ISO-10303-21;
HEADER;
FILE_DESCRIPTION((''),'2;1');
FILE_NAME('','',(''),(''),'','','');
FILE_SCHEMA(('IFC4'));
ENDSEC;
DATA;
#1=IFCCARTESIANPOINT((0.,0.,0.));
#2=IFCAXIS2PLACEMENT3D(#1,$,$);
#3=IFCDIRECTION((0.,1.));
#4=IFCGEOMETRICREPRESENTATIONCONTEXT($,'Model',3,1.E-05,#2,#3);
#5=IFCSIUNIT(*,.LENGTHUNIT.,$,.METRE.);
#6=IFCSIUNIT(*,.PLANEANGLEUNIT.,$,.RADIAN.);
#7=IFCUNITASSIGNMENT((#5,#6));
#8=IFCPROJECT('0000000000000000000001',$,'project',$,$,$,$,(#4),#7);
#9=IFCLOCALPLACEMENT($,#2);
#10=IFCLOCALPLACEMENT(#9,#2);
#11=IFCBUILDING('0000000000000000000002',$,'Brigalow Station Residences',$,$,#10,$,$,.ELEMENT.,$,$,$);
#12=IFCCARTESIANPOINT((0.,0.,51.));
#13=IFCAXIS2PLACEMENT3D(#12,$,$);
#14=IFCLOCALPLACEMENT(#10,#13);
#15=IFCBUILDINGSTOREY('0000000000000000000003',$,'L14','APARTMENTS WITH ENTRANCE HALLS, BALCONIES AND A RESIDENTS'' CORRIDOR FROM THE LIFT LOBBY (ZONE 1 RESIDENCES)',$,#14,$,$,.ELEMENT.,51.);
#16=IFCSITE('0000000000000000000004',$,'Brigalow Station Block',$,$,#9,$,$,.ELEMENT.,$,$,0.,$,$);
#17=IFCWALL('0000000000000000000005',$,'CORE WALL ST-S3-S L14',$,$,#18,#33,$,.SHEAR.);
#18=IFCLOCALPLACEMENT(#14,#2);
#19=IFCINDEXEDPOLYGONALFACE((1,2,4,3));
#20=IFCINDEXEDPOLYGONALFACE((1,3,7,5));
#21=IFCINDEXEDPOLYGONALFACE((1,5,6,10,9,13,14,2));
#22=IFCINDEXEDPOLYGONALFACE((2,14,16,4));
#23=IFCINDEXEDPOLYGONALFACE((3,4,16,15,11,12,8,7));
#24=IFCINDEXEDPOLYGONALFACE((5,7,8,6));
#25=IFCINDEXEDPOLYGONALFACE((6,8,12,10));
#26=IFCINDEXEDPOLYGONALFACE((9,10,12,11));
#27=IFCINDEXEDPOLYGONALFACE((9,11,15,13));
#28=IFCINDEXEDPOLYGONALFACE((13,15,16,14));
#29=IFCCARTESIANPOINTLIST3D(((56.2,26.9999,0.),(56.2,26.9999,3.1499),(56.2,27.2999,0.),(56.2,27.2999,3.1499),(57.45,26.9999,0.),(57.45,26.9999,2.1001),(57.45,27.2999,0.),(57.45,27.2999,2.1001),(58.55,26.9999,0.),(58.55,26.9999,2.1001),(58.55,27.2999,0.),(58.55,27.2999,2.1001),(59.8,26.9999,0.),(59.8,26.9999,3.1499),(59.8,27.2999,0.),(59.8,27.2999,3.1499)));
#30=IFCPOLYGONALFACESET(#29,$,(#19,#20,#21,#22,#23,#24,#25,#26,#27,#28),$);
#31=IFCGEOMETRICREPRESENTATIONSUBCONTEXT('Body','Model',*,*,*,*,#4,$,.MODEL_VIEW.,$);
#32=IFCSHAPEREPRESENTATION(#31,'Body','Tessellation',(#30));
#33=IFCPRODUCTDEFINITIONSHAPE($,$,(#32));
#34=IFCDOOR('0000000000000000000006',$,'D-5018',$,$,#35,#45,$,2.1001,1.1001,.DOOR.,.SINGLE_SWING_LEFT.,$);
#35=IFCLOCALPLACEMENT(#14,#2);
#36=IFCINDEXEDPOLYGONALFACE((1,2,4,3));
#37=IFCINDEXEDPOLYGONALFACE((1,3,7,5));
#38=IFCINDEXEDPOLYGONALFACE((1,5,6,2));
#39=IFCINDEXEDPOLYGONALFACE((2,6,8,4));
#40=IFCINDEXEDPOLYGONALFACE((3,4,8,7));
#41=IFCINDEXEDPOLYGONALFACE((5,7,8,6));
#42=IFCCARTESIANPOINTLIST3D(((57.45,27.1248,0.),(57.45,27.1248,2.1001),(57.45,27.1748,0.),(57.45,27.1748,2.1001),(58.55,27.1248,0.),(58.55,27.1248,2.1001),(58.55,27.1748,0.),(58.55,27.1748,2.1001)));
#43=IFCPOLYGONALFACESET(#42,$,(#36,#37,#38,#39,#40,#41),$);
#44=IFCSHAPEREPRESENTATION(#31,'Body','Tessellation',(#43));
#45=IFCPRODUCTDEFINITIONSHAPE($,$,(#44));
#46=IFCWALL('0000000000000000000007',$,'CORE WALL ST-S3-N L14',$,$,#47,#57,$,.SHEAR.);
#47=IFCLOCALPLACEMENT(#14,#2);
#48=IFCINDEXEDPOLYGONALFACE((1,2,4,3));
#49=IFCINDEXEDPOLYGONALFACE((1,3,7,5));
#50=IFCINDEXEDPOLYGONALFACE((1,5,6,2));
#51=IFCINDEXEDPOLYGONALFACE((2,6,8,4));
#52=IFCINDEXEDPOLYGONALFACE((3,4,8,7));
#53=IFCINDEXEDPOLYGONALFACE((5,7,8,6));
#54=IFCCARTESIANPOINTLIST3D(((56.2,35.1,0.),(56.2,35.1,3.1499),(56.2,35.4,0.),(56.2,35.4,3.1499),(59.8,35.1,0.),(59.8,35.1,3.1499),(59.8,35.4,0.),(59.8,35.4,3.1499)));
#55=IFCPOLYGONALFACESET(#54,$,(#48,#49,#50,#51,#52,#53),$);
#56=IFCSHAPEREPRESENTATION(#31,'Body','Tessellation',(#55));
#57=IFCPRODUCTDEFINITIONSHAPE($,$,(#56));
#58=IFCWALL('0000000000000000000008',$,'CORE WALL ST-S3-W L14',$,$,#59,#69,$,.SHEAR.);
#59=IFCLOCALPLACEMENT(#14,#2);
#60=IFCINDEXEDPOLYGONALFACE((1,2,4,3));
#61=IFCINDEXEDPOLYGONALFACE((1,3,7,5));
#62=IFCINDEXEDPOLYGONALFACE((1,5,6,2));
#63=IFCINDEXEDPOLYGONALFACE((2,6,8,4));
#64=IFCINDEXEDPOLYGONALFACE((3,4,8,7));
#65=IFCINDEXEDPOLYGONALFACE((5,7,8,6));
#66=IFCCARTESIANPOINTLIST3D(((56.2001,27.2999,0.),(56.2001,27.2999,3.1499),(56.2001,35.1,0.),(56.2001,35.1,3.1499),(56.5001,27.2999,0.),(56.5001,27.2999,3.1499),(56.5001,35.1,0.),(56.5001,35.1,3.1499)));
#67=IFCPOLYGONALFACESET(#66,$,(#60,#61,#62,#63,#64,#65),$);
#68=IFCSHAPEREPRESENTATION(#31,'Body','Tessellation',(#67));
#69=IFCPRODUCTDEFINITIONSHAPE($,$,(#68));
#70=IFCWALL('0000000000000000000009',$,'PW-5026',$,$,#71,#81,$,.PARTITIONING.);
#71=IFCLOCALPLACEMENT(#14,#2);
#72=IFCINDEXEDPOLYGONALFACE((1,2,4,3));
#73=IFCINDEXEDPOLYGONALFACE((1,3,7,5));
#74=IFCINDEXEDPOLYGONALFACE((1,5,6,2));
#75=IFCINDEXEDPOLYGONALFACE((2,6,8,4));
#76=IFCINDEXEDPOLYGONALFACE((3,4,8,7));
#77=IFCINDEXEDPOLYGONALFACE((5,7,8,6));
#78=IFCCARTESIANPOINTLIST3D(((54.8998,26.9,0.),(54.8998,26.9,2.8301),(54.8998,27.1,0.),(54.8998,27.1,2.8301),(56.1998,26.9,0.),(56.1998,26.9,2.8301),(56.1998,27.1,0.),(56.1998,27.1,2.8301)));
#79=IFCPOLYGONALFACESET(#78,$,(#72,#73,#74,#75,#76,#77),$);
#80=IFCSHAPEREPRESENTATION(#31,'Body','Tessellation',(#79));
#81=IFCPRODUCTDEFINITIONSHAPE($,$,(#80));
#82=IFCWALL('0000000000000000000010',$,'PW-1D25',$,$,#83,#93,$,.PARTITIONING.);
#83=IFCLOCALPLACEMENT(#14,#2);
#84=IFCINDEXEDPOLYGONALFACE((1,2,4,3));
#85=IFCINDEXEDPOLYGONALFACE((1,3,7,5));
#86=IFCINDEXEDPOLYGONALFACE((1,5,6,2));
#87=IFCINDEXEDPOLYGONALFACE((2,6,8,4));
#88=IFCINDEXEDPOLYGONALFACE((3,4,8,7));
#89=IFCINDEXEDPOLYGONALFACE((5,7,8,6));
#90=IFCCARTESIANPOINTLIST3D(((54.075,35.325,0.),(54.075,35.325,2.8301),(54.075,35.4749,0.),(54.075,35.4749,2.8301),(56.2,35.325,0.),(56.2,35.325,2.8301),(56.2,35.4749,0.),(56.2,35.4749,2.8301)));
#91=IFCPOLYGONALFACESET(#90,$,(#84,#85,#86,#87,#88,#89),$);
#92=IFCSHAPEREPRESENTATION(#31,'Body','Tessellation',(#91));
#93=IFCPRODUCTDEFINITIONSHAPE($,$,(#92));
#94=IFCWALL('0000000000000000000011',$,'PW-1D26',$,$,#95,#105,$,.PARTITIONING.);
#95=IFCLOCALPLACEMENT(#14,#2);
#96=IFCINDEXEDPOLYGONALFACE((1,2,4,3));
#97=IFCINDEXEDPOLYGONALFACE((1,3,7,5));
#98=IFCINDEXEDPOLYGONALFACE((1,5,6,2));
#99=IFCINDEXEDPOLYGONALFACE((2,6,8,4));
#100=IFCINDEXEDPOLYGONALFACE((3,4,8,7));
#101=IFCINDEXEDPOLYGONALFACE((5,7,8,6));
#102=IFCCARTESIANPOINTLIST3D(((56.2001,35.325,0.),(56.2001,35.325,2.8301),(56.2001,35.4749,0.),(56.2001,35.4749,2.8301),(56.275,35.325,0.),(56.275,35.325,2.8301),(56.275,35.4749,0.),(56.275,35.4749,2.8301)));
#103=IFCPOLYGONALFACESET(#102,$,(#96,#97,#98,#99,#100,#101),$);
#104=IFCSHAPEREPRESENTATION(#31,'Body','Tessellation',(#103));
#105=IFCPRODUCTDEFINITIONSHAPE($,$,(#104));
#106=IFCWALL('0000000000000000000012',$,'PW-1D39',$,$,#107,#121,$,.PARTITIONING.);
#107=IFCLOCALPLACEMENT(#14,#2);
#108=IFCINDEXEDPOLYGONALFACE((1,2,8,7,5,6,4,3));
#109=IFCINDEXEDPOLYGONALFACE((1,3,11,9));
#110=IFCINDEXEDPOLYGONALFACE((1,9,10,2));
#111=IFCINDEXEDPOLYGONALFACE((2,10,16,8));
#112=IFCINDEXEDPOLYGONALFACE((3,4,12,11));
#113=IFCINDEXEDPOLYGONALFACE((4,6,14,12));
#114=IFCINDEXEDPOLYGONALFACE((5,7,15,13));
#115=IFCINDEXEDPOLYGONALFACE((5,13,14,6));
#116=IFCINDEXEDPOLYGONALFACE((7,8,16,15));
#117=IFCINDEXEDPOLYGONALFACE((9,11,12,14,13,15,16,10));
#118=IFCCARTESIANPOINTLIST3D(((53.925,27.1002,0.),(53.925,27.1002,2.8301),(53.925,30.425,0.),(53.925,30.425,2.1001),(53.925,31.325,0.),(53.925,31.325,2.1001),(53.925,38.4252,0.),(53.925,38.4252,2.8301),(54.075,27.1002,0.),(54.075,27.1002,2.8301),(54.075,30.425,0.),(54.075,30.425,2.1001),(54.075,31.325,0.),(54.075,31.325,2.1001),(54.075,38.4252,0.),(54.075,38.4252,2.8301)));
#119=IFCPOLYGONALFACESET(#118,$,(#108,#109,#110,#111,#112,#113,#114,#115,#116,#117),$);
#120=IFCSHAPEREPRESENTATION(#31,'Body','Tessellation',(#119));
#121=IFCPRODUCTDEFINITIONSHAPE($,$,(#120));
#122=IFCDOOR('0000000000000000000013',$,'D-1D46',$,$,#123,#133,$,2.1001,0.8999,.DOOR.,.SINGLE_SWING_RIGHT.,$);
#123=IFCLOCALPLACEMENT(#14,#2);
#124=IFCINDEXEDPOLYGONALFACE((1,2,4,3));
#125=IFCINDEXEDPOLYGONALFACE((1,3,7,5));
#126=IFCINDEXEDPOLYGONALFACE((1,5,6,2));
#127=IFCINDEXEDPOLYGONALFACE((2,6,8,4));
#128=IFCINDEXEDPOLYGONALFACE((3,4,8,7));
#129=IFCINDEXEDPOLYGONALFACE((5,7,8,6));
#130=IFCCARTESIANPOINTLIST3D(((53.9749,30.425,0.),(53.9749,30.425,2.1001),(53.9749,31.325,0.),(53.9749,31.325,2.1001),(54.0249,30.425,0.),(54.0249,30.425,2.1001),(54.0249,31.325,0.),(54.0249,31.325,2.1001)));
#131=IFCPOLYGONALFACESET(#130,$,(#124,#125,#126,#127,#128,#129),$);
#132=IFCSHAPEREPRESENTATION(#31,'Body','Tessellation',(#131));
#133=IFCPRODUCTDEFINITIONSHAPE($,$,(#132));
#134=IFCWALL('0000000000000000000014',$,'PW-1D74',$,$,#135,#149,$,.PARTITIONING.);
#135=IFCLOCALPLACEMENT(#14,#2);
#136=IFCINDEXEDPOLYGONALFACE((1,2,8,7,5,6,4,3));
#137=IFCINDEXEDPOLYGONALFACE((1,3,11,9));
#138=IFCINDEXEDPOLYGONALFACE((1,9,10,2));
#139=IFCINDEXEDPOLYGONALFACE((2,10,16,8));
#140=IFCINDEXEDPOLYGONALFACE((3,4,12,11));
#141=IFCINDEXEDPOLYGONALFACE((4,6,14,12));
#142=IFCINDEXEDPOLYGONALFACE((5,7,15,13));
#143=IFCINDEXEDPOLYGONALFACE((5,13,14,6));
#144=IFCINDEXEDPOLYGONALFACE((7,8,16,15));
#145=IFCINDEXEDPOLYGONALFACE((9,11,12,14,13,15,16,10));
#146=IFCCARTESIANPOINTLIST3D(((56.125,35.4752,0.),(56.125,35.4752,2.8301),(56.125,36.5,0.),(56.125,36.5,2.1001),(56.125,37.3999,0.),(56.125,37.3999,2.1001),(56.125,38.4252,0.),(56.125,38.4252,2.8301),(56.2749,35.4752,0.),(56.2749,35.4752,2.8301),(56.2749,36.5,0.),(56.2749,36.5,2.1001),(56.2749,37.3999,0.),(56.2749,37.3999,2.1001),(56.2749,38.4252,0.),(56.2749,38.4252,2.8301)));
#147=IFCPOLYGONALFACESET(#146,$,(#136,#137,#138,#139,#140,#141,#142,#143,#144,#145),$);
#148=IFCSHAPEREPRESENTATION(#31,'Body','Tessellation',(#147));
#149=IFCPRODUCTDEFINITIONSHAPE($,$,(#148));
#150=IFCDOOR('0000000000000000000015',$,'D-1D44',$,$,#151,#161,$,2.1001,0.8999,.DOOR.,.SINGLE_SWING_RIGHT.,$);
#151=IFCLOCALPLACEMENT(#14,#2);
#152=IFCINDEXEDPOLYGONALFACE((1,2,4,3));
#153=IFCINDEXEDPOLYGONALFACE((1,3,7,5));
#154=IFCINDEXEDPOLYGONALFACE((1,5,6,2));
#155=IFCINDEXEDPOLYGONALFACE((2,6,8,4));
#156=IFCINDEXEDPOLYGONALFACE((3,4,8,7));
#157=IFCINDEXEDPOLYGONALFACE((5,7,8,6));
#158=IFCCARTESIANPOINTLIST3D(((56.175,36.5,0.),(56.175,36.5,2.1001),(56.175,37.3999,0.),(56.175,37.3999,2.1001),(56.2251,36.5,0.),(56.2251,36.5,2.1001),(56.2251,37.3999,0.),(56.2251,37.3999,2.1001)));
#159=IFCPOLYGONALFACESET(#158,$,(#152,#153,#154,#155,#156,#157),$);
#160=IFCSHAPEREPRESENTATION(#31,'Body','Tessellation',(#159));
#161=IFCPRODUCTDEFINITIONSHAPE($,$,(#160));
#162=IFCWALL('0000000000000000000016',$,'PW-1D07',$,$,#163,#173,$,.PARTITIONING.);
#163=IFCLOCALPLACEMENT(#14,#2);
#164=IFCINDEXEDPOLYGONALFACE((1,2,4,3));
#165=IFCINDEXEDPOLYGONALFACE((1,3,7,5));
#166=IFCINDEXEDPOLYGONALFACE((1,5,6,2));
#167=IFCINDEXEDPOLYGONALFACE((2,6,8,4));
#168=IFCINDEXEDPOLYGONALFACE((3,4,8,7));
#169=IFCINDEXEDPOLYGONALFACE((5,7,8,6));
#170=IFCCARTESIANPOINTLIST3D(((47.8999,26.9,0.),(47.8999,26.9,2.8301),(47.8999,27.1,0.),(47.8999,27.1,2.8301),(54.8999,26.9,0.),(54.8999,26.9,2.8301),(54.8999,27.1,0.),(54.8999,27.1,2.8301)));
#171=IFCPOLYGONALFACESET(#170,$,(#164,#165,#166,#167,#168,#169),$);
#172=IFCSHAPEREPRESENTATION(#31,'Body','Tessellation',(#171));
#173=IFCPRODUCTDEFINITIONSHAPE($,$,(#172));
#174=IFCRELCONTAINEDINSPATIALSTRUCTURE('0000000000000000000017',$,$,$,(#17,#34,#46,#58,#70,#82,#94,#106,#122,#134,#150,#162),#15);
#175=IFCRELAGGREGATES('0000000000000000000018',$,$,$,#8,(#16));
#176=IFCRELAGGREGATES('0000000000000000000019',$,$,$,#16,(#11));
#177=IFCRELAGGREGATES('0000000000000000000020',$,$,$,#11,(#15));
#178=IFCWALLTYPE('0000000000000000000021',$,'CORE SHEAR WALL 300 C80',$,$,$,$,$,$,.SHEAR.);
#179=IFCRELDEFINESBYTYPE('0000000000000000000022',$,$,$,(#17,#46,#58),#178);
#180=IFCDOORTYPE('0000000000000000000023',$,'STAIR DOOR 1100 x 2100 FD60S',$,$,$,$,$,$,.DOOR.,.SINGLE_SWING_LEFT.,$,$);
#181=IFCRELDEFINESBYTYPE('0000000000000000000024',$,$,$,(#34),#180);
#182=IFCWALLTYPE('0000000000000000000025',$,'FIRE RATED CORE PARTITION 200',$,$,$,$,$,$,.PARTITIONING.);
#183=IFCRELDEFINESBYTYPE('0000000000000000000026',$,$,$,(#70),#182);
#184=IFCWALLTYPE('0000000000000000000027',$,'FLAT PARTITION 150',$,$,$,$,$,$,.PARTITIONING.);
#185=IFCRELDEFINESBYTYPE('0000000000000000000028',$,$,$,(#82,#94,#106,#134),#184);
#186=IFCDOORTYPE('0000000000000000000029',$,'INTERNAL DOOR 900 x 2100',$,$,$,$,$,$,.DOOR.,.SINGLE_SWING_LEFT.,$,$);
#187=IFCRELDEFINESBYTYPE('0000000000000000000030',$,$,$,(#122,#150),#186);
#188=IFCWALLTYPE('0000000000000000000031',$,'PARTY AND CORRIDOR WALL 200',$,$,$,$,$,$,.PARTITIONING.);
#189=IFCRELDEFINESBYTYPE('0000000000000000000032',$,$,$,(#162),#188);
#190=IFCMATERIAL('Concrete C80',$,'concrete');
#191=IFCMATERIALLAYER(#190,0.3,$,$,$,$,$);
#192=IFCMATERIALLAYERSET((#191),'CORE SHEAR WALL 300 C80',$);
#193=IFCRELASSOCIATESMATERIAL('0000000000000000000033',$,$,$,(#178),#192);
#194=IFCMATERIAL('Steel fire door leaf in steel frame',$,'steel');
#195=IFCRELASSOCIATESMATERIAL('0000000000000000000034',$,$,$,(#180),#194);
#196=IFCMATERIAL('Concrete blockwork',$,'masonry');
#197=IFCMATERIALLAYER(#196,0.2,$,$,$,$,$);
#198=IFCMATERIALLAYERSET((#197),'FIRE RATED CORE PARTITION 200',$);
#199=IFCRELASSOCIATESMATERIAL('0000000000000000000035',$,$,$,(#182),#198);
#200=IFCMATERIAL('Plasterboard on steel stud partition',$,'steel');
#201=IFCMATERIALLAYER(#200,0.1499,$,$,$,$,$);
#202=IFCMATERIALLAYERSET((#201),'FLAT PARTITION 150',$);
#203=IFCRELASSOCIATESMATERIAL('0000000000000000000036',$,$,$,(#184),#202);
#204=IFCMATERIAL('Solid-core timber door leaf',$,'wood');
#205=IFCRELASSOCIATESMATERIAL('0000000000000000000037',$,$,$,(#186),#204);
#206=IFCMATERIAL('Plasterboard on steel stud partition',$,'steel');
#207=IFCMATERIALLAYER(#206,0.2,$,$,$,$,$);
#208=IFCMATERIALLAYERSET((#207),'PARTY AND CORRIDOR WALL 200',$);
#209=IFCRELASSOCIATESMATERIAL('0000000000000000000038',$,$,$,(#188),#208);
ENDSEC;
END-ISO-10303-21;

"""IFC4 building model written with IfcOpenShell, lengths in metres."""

from ifc_helpers import new_model, si_unit, direction, frame, frame_2d, origin, place, context, subcontext, project, spatial, rectangle, extrude, material, layer, layer_set, type_object, element, fill, save


model = new_model("IFC4")

# Units and contexts
model_context = context("Model", 3, precision=1e-05, world=origin(), true_north=direction((0.0, 1.0)))
body_context = subcontext(model_context, "Body", "Model", "MODEL_VIEW")
ifc_project = project(units=[si_unit("LENGTHUNIT", "METRE"), si_unit("PLANEANGLEUNIT", "RADIAN")], contexts=[model_context])

# Site, building, storey
site_placement = place(None, origin())
site = spatial("IfcSite", under=ifc_project, at=site_placement, Name="Brigalow Station Block", CompositionType="ELEMENT", RefElevation=0.0)
building_placement = place(site_placement, origin())
building = spatial("IfcBuilding", under=site, at=building_placement, Name="Brigalow Station Residences", CompositionType="ELEMENT")
storey_placement = place(building_placement, frame((0.0, 0.0, 51.0)))
storey = spatial("IfcBuildingStorey", under=building, at=storey_placement, Name="L14", Description="APARTMENTS WITH ENTRANCE HALLS, BALCONIES AND A RESIDENTS' CORRIDOR FROM THE LIFT LOBBY (ZONE 1 RESIDENCES)", CompositionType="ELEMENT", Elevation=51.0)

# Wall, opening, door
ifc_material_1 = material(Name="Concrete C80", Category="concrete")
ifc_layer_1 = layer(ifc_material_1, 0.3)
ifc_layer_set_1 = layer_set([ifc_layer_1], Name="CORE SHEAR WALL 300 C80")
wall_type_1 = type_object("IfcWallType", Name="CORE SHEAR WALL 300 C80", PredefinedType="SHEAR", material=ifc_layer_set_1)
wall_1_placement = place(storey_placement, frame((56.2, 27.1499, 0.0), z_axis=(0.0, 0.0, 1.0), x_axis=(1.0, 0.0, 0.0)))
wall_1 = element("IfcWall", 1, at=wall_1_placement, inside=storey, type_object=wall_type_1, Name="CORE WALL ST-S3-S L14", PredefinedType="SHEAR", context=body_context, shape_type="SweptSolid", body=[
    extrude(rectangle(XDim=3.6001, YDim=0.3, at=frame_2d((1.8, 0.0))), origin(), (0.0, 0.0, 1.0), 3.1499),
])
opening_1_placement = place(wall_1_placement, frame((1.25, 0.0, 0.0)))
opening_1 = element("IfcOpeningElement", 2, at=opening_1_placement, cuts=wall_1, PredefinedType="OPENING", context=body_context, shape_type="SweptSolid", body=[
    extrude(rectangle(XDim=1.1001, YDim=2.1001, at=frame_2d((0.55, 1.05))), frame((0.0, 0.1602, 0.0), z_axis=(0.0, -1.0, 0.0), x_axis=(1.0, 0.0, 0.0)), (0.0, 0.0, 1.0), 0.3201),
])
ifc_material_2 = material(Name="Steel fire door leaf in steel frame", Category="steel")
door_type_1 = type_object("IfcDoorType", Name="STAIR DOOR 1100 x 2100 FD60S", OperationType="SINGLE_SWING_LEFT", PredefinedType="DOOR", material=ifc_material_2)
door_1_placement = place(opening_1_placement, origin())
door_1 = element("IfcDoor", 3, at=door_1_placement, inside=storey, type_object=door_type_1, Name="D-5018", OperationType="SINGLE_SWING_LEFT", OverallHeight=2.1001, OverallWidth=1.1001, PredefinedType="DOOR", context=body_context, shape_type="SweptSolid", body=[
    extrude(rectangle(XDim=1.1001, YDim=2.1001, at=frame_2d((0.55, 1.05))), frame((0.0, 0.0249, 0.0), z_axis=(0.0, -1.0, 0.0), x_axis=(1.0, 0.0, 0.0)), (0.0, 0.0, 1.0), 0.05),
])
fill(opening_1, door_1)

# Walls
wall_2_placement = place(storey_placement, frame((56.2, 35.25, 0.0), z_axis=(0.0, 0.0, 1.0), x_axis=(1.0, 0.0, 0.0)))
element("IfcWall", 4, at=wall_2_placement, inside=storey, type_object=wall_type_1, Name="CORE WALL ST-S3-N L14", PredefinedType="SHEAR", context=body_context, shape_type="SweptSolid", body=[
    extrude(rectangle(XDim=3.6001, YDim=0.3, at=frame_2d((1.8, 0.0))), origin(), (0.0, 0.0, 1.0), 3.1499),
])
wall_3_placement = place(storey_placement, frame((56.3501, 27.3, 0.0), z_axis=(0.0, 0.0, 1.0), x_axis=(0.0, 1.0, 0.0)))
element("IfcWall", 5, at=wall_3_placement, inside=storey, type_object=wall_type_1, Name="CORE WALL ST-S3-W L14", PredefinedType="SHEAR", context=body_context, shape_type="SweptSolid", body=[
    extrude(rectangle(XDim=7.8, YDim=0.3, at=frame_2d((3.8999, 0.0))), origin(), (0.0, 0.0, 1.0), 3.1499),
])
ifc_material_3 = material(Name="Concrete blockwork", Category="masonry")
ifc_layer_2 = layer(ifc_material_3, 0.2)
ifc_layer_set_2 = layer_set([ifc_layer_2], Name="FIRE RATED CORE PARTITION 200")
wall_type_2 = type_object("IfcWallType", Name="FIRE RATED CORE PARTITION 200", PredefinedType="PARTITIONING", material=ifc_layer_set_2)
wall_4_placement = place(storey_placement, frame((54.8999, 27.0, 0.0), z_axis=(0.0, 0.0, 1.0), x_axis=(1.0, 0.0, 0.0)))
element("IfcWall", 6, at=wall_4_placement, inside=storey, type_object=wall_type_2, Name="PW-5026", PredefinedType="PARTITIONING", context=body_context, shape_type="SweptSolid", body=[
    extrude(rectangle(XDim=1.3, YDim=0.2, at=frame_2d((0.6499, 0.0))), origin(), (0.0, 0.0, 1.0), 2.8301),
])
ifc_material_4 = material(Name="Plasterboard on steel stud partition", Category="steel")
ifc_layer_3 = layer(ifc_material_4, 0.1499)
ifc_layer_set_3 = layer_set([ifc_layer_3], Name="FLAT PARTITION 150")
wall_type_3 = type_object("IfcWallType", Name="FLAT PARTITION 150", PredefinedType="PARTITIONING", material=ifc_layer_set_3)
wall_5_placement = place(storey_placement, frame((54.075, 35.3999, 0.0), z_axis=(0.0, 0.0, 1.0), x_axis=(1.0, 0.0, 0.0)))
element("IfcWall", 7, at=wall_5_placement, inside=storey, type_object=wall_type_3, Name="PW-1D25", PredefinedType="PARTITIONING", context=body_context, shape_type="SweptSolid", body=[
    extrude(rectangle(XDim=2.125, YDim=0.1499, at=frame_2d((1.0625, 0.0))), origin(), (0.0, 0.0, 1.0), 2.8301),
])
wall_6_placement = place(storey_placement, frame((56.2, 35.3999, 0.0), z_axis=(0.0, 0.0, 1.0), x_axis=(1.0, 0.0, 0.0)))
element("IfcWall", 8, at=wall_6_placement, inside=storey, type_object=wall_type_3, Name="PW-1D26", PredefinedType="PARTITIONING", context=body_context, shape_type="SweptSolid", body=[
    extrude(rectangle(XDim=0.075, YDim=0.1499, at=frame_2d((0.0376, 0.0))), origin(), (0.0, 0.0, 1.0), 2.8301),
])

# Walls, openings, doors
wall_7_placement = place(storey_placement, frame((54.0, 27.1001, 0.0), z_axis=(0.0, 0.0, 1.0), x_axis=(0.0, 1.0, 0.0)))
wall_7 = element("IfcWall", 9, at=wall_7_placement, inside=storey, type_object=wall_type_3, Name="PW-1D39", PredefinedType="PARTITIONING", context=body_context, shape_type="SweptSolid", body=[
    extrude(rectangle(XDim=11.325, YDim=0.1499, at=frame_2d((5.6626, 0.0))), origin(), (0.0, 0.0, 1.0), 2.8301),
])
opening_2_placement = place(wall_7_placement, frame((3.325, 0.0, 0.0)))
opening_2 = element("IfcOpeningElement", 10, at=opening_2_placement, cuts=wall_7, PredefinedType="OPENING", context=body_context, shape_type="SweptSolid", body=[
    extrude(rectangle(XDim=0.8999, YDim=2.1001, at=frame_2d((0.45, 1.05))), frame((0.0, 0.085, 0.0), z_axis=(0.0, -1.0, 0.0), x_axis=(1.0, 0.0, 0.0)), (0.0, 0.0, 1.0), 0.1699),
])
ifc_material_5 = material(Name="Solid-core timber door leaf", Category="wood")
door_type_2 = type_object("IfcDoorType", Name="INTERNAL DOOR 900 x 2100", OperationType="SINGLE_SWING_LEFT", PredefinedType="DOOR", material=ifc_material_5)
door_2_placement = place(opening_2_placement, frame((0.8999, 0.0, 0.0), z_axis=(0.0, 0.0, 1.0), x_axis=(-1.0, 0.0, 0.0)))
door_2 = element("IfcDoor", 11, at=door_2_placement, inside=storey, type_object=door_type_2, Name="D-1D46", OperationType="SINGLE_SWING_RIGHT", OverallHeight=2.1001, OverallWidth=0.8999, PredefinedType="DOOR", context=body_context, shape_type="SweptSolid", body=[
    extrude(rectangle(XDim=0.8999, YDim=2.1001, at=frame_2d((0.45, 1.05))), frame((0.0, 0.0249, 0.0), z_axis=(0.0, -1.0, 0.0), x_axis=(1.0, 0.0, 0.0)), (0.0, 0.0, 1.0), 0.05),
])
fill(opening_2, door_2)
wall_8_placement = place(storey_placement, frame((56.2, 35.4751, 0.0), z_axis=(0.0, 0.0, 1.0), x_axis=(0.0, 1.0, 0.0)))
wall_8 = element("IfcWall", 12, at=wall_8_placement, inside=storey, type_object=wall_type_3, Name="PW-1D74", PredefinedType="PARTITIONING", context=body_context, shape_type="SweptSolid", body=[
    extrude(rectangle(XDim=2.95, YDim=0.1499, at=frame_2d((1.4751, 0.0))), origin(), (0.0, 0.0, 1.0), 2.8301),
])
opening_3_placement = place(wall_8_placement, frame((1.0249, 0.0, 0.0)))
opening_3 = element("IfcOpeningElement", 13, at=opening_3_placement, cuts=wall_8, PredefinedType="OPENING", context=body_context, shape_type="SweptSolid", body=[
    extrude(rectangle(XDim=0.8999, YDim=2.1001, at=frame_2d((0.45, 1.05))), frame((0.0, 0.085, 0.0), z_axis=(0.0, -1.0, 0.0), x_axis=(1.0, 0.0, 0.0)), (0.0, 0.0, 1.0), 0.1699),
])
door_3_placement = place(opening_3_placement, origin())
door_3 = element("IfcDoor", 14, at=door_3_placement, inside=storey, type_object=door_type_2, Name="D-1D44", OperationType="SINGLE_SWING_RIGHT", OverallHeight=2.1001, OverallWidth=0.8999, PredefinedType="DOOR", context=body_context, shape_type="SweptSolid", body=[
    extrude(rectangle(XDim=0.8999, YDim=2.1001, at=frame_2d((0.45, 1.05))), frame((0.0, 0.0249, 0.0), z_axis=(0.0, -1.0, 0.0), x_axis=(1.0, 0.0, 0.0)), (0.0, 0.0, 1.0), 0.05),
])
fill(opening_3, door_3)

# Wall
ifc_material_6 = material(Name="Plasterboard on steel stud partition", Category="steel")
ifc_layer_4 = layer(ifc_material_6, 0.2)
ifc_layer_set_4 = layer_set([ifc_layer_4], Name="PARTY AND CORRIDOR WALL 200")
wall_type_4 = type_object("IfcWallType", Name="PARTY AND CORRIDOR WALL 200", PredefinedType="PARTITIONING", material=ifc_layer_set_4)
wall_9_placement = place(storey_placement, frame((47.8999, 27.0, 0.0), z_axis=(0.0, 0.0, 1.0), x_axis=(1.0, 0.0, 0.0)))
element("IfcWall", 15, at=wall_9_placement, inside=storey, type_object=wall_type_4, Name="PW-1D07", PredefinedType="PARTITIONING", context=body_context, shape_type="SweptSolid", body=[
    extrude(rectangle(XDim=7.0, YDim=0.2, at=frame_2d((3.5, 0.0))), origin(), (0.0, 0.0, 1.0), 2.8301),
])

save(model, "model.ifc")
